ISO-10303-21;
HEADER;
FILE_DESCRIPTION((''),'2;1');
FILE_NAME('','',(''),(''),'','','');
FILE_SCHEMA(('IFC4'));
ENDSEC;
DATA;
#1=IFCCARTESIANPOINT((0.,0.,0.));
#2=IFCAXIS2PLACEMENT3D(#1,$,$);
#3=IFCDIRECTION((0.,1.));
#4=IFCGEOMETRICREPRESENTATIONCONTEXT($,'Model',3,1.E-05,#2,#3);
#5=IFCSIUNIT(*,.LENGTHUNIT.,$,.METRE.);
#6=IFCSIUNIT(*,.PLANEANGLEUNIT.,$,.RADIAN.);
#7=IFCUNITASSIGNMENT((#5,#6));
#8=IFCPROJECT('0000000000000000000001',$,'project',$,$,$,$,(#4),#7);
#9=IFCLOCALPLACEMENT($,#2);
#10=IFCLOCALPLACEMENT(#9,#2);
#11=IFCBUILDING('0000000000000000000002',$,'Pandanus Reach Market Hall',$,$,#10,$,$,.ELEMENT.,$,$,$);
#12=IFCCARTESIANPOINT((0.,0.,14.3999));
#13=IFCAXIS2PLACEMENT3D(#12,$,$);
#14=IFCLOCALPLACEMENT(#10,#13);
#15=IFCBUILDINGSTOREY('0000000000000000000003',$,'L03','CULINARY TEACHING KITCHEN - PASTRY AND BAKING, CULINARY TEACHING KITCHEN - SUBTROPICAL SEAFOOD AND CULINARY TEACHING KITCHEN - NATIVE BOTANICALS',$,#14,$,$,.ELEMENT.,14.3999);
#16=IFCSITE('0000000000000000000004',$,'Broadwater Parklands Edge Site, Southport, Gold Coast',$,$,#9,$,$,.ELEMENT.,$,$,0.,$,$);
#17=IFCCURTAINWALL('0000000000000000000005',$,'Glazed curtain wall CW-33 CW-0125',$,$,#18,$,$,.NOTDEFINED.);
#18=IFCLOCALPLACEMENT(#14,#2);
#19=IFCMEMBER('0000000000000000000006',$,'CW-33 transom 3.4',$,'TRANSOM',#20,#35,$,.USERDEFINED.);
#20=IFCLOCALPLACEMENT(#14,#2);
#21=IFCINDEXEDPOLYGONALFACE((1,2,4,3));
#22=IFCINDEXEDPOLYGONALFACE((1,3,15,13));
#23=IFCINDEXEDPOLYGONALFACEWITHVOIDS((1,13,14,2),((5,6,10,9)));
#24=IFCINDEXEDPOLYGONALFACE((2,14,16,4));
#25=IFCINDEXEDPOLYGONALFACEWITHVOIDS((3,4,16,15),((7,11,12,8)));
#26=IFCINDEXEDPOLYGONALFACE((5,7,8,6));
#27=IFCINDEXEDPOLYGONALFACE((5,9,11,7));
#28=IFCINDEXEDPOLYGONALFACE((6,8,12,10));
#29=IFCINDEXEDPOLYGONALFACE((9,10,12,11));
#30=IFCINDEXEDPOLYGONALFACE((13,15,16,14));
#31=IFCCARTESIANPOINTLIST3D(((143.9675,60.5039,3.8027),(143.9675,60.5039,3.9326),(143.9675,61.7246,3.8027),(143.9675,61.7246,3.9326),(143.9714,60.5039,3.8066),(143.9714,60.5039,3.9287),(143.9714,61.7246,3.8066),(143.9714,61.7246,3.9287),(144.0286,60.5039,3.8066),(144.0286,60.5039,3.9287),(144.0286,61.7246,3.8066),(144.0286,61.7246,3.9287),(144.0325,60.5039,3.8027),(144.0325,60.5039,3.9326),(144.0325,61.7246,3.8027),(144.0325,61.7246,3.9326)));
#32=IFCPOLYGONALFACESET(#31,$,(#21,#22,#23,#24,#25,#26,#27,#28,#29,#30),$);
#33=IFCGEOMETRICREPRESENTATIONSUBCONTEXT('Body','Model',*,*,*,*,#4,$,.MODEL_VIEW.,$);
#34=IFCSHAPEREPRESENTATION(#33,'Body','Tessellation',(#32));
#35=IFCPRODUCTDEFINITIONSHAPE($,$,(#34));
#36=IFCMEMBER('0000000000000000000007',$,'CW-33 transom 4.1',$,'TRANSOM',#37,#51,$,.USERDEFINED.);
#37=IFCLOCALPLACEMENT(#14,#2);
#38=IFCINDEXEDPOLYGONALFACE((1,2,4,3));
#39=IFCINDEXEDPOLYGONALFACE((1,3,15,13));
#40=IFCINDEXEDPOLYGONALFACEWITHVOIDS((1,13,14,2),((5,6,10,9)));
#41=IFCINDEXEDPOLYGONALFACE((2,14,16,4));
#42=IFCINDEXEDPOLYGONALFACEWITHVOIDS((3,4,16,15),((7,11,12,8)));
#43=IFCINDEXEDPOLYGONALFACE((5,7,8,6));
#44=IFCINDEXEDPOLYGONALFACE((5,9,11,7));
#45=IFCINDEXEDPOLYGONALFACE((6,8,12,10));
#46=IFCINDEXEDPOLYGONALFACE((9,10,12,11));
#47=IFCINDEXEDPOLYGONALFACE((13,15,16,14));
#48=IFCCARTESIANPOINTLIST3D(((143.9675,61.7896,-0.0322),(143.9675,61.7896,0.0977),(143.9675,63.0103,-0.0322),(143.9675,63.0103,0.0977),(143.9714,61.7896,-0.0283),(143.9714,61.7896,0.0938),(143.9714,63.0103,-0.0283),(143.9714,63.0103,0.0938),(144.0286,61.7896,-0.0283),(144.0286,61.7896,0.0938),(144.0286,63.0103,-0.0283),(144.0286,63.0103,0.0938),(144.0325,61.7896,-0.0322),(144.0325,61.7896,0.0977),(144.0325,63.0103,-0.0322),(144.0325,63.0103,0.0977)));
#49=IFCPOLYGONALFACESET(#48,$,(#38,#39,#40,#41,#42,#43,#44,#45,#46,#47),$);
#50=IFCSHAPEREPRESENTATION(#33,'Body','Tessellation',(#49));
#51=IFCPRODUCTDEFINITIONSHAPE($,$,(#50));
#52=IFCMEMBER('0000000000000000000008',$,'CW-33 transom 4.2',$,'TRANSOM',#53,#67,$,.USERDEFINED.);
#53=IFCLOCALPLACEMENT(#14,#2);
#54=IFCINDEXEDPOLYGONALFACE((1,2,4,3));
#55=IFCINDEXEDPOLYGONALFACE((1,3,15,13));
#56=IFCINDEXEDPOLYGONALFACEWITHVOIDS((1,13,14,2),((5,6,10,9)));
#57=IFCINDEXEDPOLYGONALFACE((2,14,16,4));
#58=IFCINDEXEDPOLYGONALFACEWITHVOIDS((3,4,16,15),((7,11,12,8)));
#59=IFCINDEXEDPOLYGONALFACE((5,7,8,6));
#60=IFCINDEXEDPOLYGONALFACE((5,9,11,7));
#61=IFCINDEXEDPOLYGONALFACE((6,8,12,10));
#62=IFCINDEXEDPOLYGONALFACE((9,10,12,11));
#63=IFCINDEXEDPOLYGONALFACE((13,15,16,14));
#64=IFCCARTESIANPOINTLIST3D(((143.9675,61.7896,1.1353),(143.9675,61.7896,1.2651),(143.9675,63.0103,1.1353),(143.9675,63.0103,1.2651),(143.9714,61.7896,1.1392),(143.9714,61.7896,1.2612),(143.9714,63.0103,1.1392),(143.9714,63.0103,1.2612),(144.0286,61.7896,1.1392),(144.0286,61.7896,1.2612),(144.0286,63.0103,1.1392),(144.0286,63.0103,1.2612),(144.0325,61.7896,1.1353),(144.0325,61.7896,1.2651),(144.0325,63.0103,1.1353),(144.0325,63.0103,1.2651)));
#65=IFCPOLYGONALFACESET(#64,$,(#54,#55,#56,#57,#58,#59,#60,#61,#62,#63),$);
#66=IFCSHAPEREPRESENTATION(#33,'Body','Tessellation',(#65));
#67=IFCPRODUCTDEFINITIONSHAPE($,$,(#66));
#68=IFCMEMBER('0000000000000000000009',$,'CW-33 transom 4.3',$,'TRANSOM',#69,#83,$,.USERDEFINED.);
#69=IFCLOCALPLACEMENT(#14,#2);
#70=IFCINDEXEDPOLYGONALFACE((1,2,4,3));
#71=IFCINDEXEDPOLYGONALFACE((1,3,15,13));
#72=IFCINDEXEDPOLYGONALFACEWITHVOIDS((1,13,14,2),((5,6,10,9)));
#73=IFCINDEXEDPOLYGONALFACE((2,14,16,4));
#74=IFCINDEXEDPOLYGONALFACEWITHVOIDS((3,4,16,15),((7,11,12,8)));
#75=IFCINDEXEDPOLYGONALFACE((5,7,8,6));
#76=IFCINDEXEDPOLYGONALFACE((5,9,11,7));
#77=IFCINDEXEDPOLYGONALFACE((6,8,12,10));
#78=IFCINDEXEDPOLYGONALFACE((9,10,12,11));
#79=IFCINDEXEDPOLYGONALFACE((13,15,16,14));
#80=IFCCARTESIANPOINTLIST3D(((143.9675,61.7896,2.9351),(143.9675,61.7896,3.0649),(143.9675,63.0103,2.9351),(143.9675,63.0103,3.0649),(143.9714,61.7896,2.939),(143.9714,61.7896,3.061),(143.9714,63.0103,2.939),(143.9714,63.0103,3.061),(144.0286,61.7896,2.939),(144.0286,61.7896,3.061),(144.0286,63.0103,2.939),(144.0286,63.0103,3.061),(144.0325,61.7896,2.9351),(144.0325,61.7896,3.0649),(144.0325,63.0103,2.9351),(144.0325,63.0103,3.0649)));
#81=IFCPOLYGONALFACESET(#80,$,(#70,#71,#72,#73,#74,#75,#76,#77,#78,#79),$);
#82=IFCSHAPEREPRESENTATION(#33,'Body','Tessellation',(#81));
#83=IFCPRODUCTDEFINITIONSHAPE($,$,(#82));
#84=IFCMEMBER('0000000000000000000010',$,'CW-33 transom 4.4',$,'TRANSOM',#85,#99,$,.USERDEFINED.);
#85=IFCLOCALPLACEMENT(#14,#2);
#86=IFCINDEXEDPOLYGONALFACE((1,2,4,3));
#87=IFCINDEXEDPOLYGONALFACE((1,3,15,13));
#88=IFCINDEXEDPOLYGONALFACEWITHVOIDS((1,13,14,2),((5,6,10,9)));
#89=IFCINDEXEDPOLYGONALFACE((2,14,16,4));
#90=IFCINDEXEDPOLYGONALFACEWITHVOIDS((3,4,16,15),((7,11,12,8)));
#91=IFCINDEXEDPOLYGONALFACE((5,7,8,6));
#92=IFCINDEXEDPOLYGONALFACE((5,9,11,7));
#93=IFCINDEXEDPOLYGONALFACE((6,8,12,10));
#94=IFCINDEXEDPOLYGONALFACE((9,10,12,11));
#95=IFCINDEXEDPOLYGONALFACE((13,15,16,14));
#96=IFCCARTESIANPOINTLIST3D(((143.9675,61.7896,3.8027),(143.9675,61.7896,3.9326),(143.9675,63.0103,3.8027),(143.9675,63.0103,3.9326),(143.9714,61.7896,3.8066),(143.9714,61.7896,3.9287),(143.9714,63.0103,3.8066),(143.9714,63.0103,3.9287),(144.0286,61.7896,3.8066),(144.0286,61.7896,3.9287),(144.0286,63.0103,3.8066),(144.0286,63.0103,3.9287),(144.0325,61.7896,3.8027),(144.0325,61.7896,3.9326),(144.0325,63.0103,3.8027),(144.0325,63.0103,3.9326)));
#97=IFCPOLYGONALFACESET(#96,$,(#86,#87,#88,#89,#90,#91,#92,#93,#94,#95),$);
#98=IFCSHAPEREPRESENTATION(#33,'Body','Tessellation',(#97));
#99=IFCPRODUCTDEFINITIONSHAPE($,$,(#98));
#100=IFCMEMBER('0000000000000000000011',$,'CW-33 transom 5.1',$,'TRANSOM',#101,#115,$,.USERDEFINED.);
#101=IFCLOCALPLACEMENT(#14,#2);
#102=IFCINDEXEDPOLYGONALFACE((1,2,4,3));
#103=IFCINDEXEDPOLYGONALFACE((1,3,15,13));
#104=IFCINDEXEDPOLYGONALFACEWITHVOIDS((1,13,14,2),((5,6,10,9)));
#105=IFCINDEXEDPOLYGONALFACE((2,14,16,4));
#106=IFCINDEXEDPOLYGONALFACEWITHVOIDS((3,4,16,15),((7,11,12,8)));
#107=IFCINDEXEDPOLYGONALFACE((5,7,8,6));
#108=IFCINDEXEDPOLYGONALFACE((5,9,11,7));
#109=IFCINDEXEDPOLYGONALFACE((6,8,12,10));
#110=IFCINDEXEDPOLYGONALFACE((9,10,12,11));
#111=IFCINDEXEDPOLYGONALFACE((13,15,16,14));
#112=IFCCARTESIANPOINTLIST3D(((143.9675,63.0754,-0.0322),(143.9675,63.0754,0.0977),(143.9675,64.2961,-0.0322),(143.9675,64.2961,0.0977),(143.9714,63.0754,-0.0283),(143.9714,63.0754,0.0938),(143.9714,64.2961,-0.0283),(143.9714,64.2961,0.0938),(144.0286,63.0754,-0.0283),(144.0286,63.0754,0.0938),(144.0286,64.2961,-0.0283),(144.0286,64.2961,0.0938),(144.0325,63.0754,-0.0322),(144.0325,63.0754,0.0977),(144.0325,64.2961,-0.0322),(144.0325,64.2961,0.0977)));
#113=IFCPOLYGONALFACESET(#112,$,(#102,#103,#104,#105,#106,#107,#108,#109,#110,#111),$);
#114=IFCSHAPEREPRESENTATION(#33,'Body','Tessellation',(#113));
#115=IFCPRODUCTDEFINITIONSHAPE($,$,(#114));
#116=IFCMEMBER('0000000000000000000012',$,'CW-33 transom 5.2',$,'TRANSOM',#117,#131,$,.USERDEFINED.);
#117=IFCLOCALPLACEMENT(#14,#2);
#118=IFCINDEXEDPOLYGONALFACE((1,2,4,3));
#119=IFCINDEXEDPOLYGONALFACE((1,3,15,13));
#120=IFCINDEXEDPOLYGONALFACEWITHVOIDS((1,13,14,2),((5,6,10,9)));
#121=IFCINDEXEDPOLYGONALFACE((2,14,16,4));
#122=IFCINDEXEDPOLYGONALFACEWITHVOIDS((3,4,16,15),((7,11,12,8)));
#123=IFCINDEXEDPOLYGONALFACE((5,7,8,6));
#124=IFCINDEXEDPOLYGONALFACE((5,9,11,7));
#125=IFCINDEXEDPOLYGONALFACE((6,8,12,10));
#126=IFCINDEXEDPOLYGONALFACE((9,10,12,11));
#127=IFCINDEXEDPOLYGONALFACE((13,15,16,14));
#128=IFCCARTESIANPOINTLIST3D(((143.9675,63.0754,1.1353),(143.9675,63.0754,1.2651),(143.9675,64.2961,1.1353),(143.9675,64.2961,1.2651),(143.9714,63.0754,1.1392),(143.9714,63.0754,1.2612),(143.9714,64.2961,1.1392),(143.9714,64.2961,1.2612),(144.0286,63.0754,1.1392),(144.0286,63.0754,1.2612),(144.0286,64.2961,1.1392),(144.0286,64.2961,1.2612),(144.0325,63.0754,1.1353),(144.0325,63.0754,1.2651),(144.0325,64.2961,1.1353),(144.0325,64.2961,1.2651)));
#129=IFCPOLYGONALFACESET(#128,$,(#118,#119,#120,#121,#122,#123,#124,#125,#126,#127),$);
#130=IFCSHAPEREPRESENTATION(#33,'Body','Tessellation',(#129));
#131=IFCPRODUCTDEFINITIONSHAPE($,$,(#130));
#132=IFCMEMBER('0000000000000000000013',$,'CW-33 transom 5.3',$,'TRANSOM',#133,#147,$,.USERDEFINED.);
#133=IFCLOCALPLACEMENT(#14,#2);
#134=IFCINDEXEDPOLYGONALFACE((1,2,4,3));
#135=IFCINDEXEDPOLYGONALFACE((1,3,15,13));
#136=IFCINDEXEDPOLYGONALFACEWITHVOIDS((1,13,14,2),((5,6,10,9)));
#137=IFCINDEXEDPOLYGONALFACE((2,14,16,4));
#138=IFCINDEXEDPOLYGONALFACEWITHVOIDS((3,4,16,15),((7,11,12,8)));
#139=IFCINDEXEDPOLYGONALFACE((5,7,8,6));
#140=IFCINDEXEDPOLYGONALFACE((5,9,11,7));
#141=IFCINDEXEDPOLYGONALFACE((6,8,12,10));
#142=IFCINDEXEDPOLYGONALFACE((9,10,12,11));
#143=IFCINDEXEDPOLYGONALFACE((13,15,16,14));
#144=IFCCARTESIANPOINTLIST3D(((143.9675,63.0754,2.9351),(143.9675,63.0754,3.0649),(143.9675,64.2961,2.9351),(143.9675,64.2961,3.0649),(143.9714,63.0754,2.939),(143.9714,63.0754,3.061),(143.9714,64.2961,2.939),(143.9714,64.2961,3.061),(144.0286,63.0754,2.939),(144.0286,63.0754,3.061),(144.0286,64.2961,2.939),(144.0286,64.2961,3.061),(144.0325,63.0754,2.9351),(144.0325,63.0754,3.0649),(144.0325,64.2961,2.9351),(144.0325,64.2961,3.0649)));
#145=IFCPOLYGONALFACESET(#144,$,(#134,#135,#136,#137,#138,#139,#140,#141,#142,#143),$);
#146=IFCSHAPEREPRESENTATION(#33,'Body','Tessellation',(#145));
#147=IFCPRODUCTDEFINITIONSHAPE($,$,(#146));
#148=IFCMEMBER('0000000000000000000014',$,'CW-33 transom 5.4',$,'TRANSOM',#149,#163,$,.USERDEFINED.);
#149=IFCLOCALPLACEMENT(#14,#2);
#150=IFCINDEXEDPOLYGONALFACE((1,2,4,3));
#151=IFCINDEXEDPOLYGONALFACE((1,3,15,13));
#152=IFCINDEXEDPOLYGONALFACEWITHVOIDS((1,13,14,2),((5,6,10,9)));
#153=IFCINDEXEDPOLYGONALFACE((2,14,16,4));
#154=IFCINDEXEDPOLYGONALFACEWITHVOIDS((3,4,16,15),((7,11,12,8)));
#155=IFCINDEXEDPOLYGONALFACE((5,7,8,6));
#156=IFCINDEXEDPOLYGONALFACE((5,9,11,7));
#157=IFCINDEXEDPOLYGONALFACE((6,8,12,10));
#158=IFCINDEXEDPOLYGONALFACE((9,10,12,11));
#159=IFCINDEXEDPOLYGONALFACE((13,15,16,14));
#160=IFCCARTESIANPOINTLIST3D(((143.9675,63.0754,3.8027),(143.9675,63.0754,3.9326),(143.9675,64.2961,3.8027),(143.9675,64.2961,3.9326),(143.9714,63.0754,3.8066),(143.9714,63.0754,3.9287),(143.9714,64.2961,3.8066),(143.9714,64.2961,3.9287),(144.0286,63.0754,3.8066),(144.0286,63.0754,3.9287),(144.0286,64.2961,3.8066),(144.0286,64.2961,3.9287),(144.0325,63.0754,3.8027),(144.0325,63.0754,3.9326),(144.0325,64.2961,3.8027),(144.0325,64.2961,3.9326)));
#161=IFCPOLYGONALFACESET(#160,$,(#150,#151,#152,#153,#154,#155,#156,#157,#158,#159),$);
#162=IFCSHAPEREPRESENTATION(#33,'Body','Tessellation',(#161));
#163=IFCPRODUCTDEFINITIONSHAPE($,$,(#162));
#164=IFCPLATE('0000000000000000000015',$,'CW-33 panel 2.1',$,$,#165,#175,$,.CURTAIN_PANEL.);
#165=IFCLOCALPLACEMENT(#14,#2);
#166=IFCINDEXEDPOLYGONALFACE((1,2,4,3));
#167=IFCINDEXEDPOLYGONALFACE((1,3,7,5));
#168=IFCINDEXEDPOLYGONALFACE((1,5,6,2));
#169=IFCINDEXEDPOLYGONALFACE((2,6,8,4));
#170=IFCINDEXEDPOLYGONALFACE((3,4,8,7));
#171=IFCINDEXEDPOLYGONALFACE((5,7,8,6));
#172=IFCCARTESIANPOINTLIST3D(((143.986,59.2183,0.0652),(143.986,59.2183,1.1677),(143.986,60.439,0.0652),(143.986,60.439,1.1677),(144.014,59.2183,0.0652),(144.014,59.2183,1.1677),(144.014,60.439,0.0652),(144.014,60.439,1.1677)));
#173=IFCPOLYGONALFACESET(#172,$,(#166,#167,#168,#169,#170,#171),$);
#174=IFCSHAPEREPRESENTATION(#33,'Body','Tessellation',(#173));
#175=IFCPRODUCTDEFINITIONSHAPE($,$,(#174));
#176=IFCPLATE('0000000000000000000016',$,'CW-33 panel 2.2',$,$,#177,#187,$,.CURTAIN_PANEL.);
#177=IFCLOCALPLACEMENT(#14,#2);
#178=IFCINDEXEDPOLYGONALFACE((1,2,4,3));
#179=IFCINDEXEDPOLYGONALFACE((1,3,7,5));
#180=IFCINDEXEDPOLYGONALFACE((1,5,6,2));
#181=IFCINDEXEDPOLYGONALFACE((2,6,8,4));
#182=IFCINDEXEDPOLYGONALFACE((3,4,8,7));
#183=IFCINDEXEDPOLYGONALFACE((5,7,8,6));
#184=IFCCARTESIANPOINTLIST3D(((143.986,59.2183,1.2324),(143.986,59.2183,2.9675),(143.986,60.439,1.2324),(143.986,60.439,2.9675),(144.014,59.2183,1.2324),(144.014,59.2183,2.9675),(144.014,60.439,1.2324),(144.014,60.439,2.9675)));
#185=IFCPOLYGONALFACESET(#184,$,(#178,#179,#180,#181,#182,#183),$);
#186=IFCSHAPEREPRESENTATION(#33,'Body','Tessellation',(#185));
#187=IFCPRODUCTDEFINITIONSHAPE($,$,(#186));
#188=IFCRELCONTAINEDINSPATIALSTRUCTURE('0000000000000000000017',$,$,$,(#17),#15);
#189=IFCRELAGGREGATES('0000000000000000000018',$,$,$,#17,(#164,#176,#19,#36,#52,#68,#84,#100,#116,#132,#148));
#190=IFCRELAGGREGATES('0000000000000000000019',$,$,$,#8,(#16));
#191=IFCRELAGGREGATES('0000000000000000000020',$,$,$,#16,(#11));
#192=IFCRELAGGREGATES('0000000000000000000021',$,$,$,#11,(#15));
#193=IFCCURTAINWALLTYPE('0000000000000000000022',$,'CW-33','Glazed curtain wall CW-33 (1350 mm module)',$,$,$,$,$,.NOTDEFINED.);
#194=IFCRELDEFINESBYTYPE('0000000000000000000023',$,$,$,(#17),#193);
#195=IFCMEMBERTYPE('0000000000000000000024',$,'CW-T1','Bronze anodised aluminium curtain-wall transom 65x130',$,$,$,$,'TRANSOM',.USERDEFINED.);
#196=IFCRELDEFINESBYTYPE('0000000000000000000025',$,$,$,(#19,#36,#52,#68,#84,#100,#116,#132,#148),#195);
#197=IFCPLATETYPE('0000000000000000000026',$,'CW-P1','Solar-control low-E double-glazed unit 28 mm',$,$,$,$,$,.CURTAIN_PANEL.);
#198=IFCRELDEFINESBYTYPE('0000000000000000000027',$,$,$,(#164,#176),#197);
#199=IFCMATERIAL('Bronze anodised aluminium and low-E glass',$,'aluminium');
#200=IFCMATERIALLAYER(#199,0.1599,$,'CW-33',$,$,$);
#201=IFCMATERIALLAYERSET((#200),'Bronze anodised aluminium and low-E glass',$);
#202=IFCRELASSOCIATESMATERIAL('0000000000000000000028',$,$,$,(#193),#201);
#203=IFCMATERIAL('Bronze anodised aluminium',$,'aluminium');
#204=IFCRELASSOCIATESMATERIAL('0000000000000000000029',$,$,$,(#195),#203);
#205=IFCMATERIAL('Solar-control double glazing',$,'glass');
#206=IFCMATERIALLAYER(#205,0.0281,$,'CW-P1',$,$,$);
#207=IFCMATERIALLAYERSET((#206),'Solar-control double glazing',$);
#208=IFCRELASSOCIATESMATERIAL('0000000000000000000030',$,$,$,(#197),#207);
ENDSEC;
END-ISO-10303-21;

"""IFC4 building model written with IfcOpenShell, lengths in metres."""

from ifc_helpers import new_model, si_unit, direction, frame, origin, origin_2d, place, context, subcontext, project, spatial, rectangle, hollow_rectangle, extrude, material, layer, layer_set, material_profile, profile_set, type_object, element, aggregate, save


model = new_model("IFC4")

# Units and contexts
model_context = context("Model", 3, precision=1e-05, world=origin(), true_north=direction((0.0, 1.0)))
body_context = subcontext(model_context, "Body", "Model", "MODEL_VIEW")
ifc_project = project(units=[si_unit("LENGTHUNIT", "METRE"), si_unit("PLANEANGLEUNIT", "RADIAN")], contexts=[model_context])

# Site, building, storey
site_placement = place(None, origin())
site = spatial("IfcSite", under=ifc_project, at=site_placement, Name="Broadwater Parklands Edge Site, Southport, Gold Coast", CompositionType="ELEMENT", RefElevation=0.0)
building_placement = place(site_placement, origin())
building = spatial("IfcBuilding", under=site, at=building_placement, Name="Pandanus Reach Market Hall", CompositionType="ELEMENT")
storey_placement = place(building_placement, frame((0.0, 0.0, 14.3999)))
storey = spatial("IfcBuildingStorey", under=building, at=storey_placement, Name="L03", Description="CULINARY TEACHING KITCHEN - PASTRY AND BAKING, CULINARY TEACHING KITCHEN - SUBTROPICAL SEAFOOD AND CULINARY TEACHING KITCHEN - NATIVE BOTANICALS", CompositionType="ELEMENT", Elevation=14.3999)

# Curtain wall, members, plates
ifc_material_1 = material(Name="Bronze anodised aluminium and low-E glass", Category="aluminium")
ifc_layer_1 = layer(ifc_material_1, 0.1599, Name="CW-33")
ifc_layer_set_1 = layer_set([ifc_layer_1], Name="Bronze anodised aluminium and low-E glass")
curtain_wall_type = type_object("IfcCurtainWallType", Name="CW-33", Description="Glazed curtain wall CW-33 (1350 mm module)", PredefinedType="NOTDEFINED", material=ifc_layer_set_1)
curtain_wall_placement = place(storey_placement, origin())
curtain_wall = element("IfcCurtainWall", 1, at=curtain_wall_placement, inside=storey, type_object=curtain_wall_type, Name="Glazed curtain wall CW-33 CW-0125", PredefinedType="NOTDEFINED")
ifc_material_2 = material(Name="Bronze anodised aluminium", Category="aluminium")
ifc_material_profile_1 = material_profile(ifc_material_2, hollow_rectangle(XDim=0.0649, YDim=0.1299, WallThickness=0.0039, at=origin_2d()), Name="ALU65x130", Category="LoadBearing")
ifc_profile_set_1 = profile_set([ifc_material_profile_1], Name="Bronze anodised aluminium")
member_type_1 = type_object("IfcMemberType", Name="CW-T1", Description="Bronze anodised aluminium curtain-wall transom 65x130", ElementType="TRANSOM", PredefinedType="USERDEFINED", material=ifc_profile_set_1)
member_1_placement = place(storey_placement, frame((144.0, 60.5039, 3.8677), z_axis=(0.0, 1.0, 0.0), x_axis=(-1.0, 0.0, 0.0)))
member_1 = element("IfcMember", 2, at=member_1_placement, type_object=member_type_1, Name="CW-33 transom 3.4", ObjectType="TRANSOM", PredefinedType="USERDEFINED", context=body_context, shape_type="SweptSolid", body=[
    extrude(hollow_rectangle(XDim=0.0649, YDim=0.1299, WallThickness=0.0039, at=origin_2d()), origin(), (0.0, 0.0, 1.0), 1.2207),
])
member_2_placement = place(storey_placement, frame((144.0, 61.7896, 0.0327), z_axis=(0.0, 1.0, 0.0), x_axis=(-1.0, 0.0, 0.0)))
member_2 = element("IfcMember", 3, at=member_2_placement, type_object=member_type_1, Name="CW-33 transom 4.1", ObjectType="TRANSOM", PredefinedType="USERDEFINED", context=body_context, shape_type="SweptSolid", body=[
    extrude(hollow_rectangle(XDim=0.0649, YDim=0.1299, WallThickness=0.0039, at=origin_2d()), origin(), (0.0, 0.0, 1.0), 1.2207),
])
member_3_placement = place(storey_placement, frame((144.0, 61.7896, 1.2002), z_axis=(0.0, 1.0, 0.0), x_axis=(-1.0, 0.0, 0.0)))
member_3 = element("IfcMember", 4, at=member_3_placement, type_object=member_type_1, Name="CW-33 transom 4.2", ObjectType="TRANSOM", PredefinedType="USERDEFINED", context=body_context, shape_type="SweptSolid", body=[
    extrude(hollow_rectangle(XDim=0.0649, YDim=0.1299, WallThickness=0.0039, at=origin_2d()), origin(), (0.0, 0.0, 1.0), 1.2207),
])
member_4_placement = place(storey_placement, frame((144.0, 61.7896, 3.0), z_axis=(0.0, 1.0, 0.0), x_axis=(-1.0, 0.0, 0.0)))
member_4 = element("IfcMember", 5, at=member_4_placement, type_object=member_type_1, Name="CW-33 transom 4.3", ObjectType="TRANSOM", PredefinedType="USERDEFINED", context=body_context, shape_type="SweptSolid", body=[
    extrude(hollow_rectangle(XDim=0.0649, YDim=0.1299, WallThickness=0.0039, at=origin_2d()), origin(), (0.0, 0.0, 1.0), 1.2207),
])
member_5_placement = place(storey_placement, frame((144.0, 61.7896, 3.8677), z_axis=(0.0, 1.0, 0.0), x_axis=(-1.0, 0.0, 0.0)))
member_5 = element("IfcMember", 6, at=member_5_placement, type_object=member_type_1, Name="CW-33 transom 4.4", ObjectType="TRANSOM", PredefinedType="USERDEFINED", context=body_context, shape_type="SweptSolid", body=[
    extrude(hollow_rectangle(XDim=0.0649, YDim=0.1299, WallThickness=0.0039, at=origin_2d()), origin(), (0.0, 0.0, 1.0), 1.2207),
])
member_6_placement = place(storey_placement, frame((144.0, 63.0754, 0.0327), z_axis=(0.0, 1.0, 0.0), x_axis=(-1.0, 0.0, 0.0)))
member_6 = element("IfcMember", 7, at=member_6_placement, type_object=member_type_1, Name="CW-33 transom 5.1", ObjectType="TRANSOM", PredefinedType="USERDEFINED", context=body_context, shape_type="SweptSolid", body=[
    extrude(hollow_rectangle(XDim=0.0649, YDim=0.1299, WallThickness=0.0039, at=origin_2d()), origin(), (0.0, 0.0, 1.0), 1.2207),
])
member_7_placement = place(storey_placement, frame((144.0, 63.0754, 1.2002), z_axis=(0.0, 1.0, 0.0), x_axis=(-1.0, 0.0, 0.0)))
member_7 = element("IfcMember", 8, at=member_7_placement, type_object=member_type_1, Name="CW-33 transom 5.2", ObjectType="TRANSOM", PredefinedType="USERDEFINED", context=body_context, shape_type="SweptSolid", body=[
    extrude(hollow_rectangle(XDim=0.0649, YDim=0.1299, WallThickness=0.0039, at=origin_2d()), origin(), (0.0, 0.0, 1.0), 1.2207),
])
member_8_placement = place(storey_placement, frame((144.0, 63.0754, 3.0), z_axis=(0.0, 1.0, 0.0), x_axis=(-1.0, 0.0, 0.0)))
member_8 = element("IfcMember", 9, at=member_8_placement, type_object=member_type_1, Name="CW-33 transom 5.3", ObjectType="TRANSOM", PredefinedType="USERDEFINED", context=body_context, shape_type="SweptSolid", body=[
    extrude(hollow_rectangle(XDim=0.0649, YDim=0.1299, WallThickness=0.0039, at=origin_2d()), origin(), (0.0, 0.0, 1.0), 1.2207),
])
member_9_placement = place(storey_placement, frame((144.0, 63.0754, 3.8677), z_axis=(0.0, 1.0, 0.0), x_axis=(-1.0, 0.0, 0.0)))
member_9 = element("IfcMember", 10, at=member_9_placement, type_object=member_type_1, Name="CW-33 transom 5.4", ObjectType="TRANSOM", PredefinedType="USERDEFINED", context=body_context, shape_type="SweptSolid", body=[
    extrude(hollow_rectangle(XDim=0.0649, YDim=0.1299, WallThickness=0.0039, at=origin_2d()), origin(), (0.0, 0.0, 1.0), 1.2207),
])
ifc_material_3 = material(Name="Solar-control double glazing", Category="glass")
ifc_layer_2 = layer(ifc_material_3, 0.0281, Name="CW-P1")
ifc_layer_set_2 = layer_set([ifc_layer_2], Name="Solar-control double glazing")
plate_type = type_object("IfcPlateType", Name="CW-P1", Description="Solar-control low-E double-glazed unit 28 mm", PredefinedType="CURTAIN_PANEL", material=ifc_layer_set_2)
plate_1_placement = place(storey_placement, frame((144.0, 59.8286, 0.0652), z_axis=(0.0, 0.0, 1.0), x_axis=(0.0, 1.0, 0.0)))
plate_1 = element("IfcPlate", 11, at=plate_1_placement, type_object=plate_type, Name="CW-33 panel 2.1", PredefinedType="CURTAIN_PANEL", context=body_context, shape_type="SweptSolid", body=[
    extrude(rectangle(XDim=1.2207, YDim=0.0281, at=origin_2d()), origin(), (0.0, 0.0, 1.0), 1.1025),
])
plate_2_placement = place(storey_placement, frame((144.0, 59.8286, 1.2324), z_axis=(0.0, 0.0, 1.0), x_axis=(0.0, 1.0, 0.0)))
plate_2 = element("IfcPlate", 12, at=plate_2_placement, type_object=plate_type, Name="CW-33 panel 2.2", PredefinedType="CURTAIN_PANEL", context=body_context, shape_type="SweptSolid", body=[
    extrude(rectangle(XDim=1.2207, YDim=0.0281, at=origin_2d()), origin(), (0.0, 0.0, 1.0), 1.7351),
])
aggregate(curtain_wall, [plate_1, plate_2, member_1, member_2, member_3, member_4, member_5, member_6, member_7, member_8, member_9])

save(model, "model.ifc")
